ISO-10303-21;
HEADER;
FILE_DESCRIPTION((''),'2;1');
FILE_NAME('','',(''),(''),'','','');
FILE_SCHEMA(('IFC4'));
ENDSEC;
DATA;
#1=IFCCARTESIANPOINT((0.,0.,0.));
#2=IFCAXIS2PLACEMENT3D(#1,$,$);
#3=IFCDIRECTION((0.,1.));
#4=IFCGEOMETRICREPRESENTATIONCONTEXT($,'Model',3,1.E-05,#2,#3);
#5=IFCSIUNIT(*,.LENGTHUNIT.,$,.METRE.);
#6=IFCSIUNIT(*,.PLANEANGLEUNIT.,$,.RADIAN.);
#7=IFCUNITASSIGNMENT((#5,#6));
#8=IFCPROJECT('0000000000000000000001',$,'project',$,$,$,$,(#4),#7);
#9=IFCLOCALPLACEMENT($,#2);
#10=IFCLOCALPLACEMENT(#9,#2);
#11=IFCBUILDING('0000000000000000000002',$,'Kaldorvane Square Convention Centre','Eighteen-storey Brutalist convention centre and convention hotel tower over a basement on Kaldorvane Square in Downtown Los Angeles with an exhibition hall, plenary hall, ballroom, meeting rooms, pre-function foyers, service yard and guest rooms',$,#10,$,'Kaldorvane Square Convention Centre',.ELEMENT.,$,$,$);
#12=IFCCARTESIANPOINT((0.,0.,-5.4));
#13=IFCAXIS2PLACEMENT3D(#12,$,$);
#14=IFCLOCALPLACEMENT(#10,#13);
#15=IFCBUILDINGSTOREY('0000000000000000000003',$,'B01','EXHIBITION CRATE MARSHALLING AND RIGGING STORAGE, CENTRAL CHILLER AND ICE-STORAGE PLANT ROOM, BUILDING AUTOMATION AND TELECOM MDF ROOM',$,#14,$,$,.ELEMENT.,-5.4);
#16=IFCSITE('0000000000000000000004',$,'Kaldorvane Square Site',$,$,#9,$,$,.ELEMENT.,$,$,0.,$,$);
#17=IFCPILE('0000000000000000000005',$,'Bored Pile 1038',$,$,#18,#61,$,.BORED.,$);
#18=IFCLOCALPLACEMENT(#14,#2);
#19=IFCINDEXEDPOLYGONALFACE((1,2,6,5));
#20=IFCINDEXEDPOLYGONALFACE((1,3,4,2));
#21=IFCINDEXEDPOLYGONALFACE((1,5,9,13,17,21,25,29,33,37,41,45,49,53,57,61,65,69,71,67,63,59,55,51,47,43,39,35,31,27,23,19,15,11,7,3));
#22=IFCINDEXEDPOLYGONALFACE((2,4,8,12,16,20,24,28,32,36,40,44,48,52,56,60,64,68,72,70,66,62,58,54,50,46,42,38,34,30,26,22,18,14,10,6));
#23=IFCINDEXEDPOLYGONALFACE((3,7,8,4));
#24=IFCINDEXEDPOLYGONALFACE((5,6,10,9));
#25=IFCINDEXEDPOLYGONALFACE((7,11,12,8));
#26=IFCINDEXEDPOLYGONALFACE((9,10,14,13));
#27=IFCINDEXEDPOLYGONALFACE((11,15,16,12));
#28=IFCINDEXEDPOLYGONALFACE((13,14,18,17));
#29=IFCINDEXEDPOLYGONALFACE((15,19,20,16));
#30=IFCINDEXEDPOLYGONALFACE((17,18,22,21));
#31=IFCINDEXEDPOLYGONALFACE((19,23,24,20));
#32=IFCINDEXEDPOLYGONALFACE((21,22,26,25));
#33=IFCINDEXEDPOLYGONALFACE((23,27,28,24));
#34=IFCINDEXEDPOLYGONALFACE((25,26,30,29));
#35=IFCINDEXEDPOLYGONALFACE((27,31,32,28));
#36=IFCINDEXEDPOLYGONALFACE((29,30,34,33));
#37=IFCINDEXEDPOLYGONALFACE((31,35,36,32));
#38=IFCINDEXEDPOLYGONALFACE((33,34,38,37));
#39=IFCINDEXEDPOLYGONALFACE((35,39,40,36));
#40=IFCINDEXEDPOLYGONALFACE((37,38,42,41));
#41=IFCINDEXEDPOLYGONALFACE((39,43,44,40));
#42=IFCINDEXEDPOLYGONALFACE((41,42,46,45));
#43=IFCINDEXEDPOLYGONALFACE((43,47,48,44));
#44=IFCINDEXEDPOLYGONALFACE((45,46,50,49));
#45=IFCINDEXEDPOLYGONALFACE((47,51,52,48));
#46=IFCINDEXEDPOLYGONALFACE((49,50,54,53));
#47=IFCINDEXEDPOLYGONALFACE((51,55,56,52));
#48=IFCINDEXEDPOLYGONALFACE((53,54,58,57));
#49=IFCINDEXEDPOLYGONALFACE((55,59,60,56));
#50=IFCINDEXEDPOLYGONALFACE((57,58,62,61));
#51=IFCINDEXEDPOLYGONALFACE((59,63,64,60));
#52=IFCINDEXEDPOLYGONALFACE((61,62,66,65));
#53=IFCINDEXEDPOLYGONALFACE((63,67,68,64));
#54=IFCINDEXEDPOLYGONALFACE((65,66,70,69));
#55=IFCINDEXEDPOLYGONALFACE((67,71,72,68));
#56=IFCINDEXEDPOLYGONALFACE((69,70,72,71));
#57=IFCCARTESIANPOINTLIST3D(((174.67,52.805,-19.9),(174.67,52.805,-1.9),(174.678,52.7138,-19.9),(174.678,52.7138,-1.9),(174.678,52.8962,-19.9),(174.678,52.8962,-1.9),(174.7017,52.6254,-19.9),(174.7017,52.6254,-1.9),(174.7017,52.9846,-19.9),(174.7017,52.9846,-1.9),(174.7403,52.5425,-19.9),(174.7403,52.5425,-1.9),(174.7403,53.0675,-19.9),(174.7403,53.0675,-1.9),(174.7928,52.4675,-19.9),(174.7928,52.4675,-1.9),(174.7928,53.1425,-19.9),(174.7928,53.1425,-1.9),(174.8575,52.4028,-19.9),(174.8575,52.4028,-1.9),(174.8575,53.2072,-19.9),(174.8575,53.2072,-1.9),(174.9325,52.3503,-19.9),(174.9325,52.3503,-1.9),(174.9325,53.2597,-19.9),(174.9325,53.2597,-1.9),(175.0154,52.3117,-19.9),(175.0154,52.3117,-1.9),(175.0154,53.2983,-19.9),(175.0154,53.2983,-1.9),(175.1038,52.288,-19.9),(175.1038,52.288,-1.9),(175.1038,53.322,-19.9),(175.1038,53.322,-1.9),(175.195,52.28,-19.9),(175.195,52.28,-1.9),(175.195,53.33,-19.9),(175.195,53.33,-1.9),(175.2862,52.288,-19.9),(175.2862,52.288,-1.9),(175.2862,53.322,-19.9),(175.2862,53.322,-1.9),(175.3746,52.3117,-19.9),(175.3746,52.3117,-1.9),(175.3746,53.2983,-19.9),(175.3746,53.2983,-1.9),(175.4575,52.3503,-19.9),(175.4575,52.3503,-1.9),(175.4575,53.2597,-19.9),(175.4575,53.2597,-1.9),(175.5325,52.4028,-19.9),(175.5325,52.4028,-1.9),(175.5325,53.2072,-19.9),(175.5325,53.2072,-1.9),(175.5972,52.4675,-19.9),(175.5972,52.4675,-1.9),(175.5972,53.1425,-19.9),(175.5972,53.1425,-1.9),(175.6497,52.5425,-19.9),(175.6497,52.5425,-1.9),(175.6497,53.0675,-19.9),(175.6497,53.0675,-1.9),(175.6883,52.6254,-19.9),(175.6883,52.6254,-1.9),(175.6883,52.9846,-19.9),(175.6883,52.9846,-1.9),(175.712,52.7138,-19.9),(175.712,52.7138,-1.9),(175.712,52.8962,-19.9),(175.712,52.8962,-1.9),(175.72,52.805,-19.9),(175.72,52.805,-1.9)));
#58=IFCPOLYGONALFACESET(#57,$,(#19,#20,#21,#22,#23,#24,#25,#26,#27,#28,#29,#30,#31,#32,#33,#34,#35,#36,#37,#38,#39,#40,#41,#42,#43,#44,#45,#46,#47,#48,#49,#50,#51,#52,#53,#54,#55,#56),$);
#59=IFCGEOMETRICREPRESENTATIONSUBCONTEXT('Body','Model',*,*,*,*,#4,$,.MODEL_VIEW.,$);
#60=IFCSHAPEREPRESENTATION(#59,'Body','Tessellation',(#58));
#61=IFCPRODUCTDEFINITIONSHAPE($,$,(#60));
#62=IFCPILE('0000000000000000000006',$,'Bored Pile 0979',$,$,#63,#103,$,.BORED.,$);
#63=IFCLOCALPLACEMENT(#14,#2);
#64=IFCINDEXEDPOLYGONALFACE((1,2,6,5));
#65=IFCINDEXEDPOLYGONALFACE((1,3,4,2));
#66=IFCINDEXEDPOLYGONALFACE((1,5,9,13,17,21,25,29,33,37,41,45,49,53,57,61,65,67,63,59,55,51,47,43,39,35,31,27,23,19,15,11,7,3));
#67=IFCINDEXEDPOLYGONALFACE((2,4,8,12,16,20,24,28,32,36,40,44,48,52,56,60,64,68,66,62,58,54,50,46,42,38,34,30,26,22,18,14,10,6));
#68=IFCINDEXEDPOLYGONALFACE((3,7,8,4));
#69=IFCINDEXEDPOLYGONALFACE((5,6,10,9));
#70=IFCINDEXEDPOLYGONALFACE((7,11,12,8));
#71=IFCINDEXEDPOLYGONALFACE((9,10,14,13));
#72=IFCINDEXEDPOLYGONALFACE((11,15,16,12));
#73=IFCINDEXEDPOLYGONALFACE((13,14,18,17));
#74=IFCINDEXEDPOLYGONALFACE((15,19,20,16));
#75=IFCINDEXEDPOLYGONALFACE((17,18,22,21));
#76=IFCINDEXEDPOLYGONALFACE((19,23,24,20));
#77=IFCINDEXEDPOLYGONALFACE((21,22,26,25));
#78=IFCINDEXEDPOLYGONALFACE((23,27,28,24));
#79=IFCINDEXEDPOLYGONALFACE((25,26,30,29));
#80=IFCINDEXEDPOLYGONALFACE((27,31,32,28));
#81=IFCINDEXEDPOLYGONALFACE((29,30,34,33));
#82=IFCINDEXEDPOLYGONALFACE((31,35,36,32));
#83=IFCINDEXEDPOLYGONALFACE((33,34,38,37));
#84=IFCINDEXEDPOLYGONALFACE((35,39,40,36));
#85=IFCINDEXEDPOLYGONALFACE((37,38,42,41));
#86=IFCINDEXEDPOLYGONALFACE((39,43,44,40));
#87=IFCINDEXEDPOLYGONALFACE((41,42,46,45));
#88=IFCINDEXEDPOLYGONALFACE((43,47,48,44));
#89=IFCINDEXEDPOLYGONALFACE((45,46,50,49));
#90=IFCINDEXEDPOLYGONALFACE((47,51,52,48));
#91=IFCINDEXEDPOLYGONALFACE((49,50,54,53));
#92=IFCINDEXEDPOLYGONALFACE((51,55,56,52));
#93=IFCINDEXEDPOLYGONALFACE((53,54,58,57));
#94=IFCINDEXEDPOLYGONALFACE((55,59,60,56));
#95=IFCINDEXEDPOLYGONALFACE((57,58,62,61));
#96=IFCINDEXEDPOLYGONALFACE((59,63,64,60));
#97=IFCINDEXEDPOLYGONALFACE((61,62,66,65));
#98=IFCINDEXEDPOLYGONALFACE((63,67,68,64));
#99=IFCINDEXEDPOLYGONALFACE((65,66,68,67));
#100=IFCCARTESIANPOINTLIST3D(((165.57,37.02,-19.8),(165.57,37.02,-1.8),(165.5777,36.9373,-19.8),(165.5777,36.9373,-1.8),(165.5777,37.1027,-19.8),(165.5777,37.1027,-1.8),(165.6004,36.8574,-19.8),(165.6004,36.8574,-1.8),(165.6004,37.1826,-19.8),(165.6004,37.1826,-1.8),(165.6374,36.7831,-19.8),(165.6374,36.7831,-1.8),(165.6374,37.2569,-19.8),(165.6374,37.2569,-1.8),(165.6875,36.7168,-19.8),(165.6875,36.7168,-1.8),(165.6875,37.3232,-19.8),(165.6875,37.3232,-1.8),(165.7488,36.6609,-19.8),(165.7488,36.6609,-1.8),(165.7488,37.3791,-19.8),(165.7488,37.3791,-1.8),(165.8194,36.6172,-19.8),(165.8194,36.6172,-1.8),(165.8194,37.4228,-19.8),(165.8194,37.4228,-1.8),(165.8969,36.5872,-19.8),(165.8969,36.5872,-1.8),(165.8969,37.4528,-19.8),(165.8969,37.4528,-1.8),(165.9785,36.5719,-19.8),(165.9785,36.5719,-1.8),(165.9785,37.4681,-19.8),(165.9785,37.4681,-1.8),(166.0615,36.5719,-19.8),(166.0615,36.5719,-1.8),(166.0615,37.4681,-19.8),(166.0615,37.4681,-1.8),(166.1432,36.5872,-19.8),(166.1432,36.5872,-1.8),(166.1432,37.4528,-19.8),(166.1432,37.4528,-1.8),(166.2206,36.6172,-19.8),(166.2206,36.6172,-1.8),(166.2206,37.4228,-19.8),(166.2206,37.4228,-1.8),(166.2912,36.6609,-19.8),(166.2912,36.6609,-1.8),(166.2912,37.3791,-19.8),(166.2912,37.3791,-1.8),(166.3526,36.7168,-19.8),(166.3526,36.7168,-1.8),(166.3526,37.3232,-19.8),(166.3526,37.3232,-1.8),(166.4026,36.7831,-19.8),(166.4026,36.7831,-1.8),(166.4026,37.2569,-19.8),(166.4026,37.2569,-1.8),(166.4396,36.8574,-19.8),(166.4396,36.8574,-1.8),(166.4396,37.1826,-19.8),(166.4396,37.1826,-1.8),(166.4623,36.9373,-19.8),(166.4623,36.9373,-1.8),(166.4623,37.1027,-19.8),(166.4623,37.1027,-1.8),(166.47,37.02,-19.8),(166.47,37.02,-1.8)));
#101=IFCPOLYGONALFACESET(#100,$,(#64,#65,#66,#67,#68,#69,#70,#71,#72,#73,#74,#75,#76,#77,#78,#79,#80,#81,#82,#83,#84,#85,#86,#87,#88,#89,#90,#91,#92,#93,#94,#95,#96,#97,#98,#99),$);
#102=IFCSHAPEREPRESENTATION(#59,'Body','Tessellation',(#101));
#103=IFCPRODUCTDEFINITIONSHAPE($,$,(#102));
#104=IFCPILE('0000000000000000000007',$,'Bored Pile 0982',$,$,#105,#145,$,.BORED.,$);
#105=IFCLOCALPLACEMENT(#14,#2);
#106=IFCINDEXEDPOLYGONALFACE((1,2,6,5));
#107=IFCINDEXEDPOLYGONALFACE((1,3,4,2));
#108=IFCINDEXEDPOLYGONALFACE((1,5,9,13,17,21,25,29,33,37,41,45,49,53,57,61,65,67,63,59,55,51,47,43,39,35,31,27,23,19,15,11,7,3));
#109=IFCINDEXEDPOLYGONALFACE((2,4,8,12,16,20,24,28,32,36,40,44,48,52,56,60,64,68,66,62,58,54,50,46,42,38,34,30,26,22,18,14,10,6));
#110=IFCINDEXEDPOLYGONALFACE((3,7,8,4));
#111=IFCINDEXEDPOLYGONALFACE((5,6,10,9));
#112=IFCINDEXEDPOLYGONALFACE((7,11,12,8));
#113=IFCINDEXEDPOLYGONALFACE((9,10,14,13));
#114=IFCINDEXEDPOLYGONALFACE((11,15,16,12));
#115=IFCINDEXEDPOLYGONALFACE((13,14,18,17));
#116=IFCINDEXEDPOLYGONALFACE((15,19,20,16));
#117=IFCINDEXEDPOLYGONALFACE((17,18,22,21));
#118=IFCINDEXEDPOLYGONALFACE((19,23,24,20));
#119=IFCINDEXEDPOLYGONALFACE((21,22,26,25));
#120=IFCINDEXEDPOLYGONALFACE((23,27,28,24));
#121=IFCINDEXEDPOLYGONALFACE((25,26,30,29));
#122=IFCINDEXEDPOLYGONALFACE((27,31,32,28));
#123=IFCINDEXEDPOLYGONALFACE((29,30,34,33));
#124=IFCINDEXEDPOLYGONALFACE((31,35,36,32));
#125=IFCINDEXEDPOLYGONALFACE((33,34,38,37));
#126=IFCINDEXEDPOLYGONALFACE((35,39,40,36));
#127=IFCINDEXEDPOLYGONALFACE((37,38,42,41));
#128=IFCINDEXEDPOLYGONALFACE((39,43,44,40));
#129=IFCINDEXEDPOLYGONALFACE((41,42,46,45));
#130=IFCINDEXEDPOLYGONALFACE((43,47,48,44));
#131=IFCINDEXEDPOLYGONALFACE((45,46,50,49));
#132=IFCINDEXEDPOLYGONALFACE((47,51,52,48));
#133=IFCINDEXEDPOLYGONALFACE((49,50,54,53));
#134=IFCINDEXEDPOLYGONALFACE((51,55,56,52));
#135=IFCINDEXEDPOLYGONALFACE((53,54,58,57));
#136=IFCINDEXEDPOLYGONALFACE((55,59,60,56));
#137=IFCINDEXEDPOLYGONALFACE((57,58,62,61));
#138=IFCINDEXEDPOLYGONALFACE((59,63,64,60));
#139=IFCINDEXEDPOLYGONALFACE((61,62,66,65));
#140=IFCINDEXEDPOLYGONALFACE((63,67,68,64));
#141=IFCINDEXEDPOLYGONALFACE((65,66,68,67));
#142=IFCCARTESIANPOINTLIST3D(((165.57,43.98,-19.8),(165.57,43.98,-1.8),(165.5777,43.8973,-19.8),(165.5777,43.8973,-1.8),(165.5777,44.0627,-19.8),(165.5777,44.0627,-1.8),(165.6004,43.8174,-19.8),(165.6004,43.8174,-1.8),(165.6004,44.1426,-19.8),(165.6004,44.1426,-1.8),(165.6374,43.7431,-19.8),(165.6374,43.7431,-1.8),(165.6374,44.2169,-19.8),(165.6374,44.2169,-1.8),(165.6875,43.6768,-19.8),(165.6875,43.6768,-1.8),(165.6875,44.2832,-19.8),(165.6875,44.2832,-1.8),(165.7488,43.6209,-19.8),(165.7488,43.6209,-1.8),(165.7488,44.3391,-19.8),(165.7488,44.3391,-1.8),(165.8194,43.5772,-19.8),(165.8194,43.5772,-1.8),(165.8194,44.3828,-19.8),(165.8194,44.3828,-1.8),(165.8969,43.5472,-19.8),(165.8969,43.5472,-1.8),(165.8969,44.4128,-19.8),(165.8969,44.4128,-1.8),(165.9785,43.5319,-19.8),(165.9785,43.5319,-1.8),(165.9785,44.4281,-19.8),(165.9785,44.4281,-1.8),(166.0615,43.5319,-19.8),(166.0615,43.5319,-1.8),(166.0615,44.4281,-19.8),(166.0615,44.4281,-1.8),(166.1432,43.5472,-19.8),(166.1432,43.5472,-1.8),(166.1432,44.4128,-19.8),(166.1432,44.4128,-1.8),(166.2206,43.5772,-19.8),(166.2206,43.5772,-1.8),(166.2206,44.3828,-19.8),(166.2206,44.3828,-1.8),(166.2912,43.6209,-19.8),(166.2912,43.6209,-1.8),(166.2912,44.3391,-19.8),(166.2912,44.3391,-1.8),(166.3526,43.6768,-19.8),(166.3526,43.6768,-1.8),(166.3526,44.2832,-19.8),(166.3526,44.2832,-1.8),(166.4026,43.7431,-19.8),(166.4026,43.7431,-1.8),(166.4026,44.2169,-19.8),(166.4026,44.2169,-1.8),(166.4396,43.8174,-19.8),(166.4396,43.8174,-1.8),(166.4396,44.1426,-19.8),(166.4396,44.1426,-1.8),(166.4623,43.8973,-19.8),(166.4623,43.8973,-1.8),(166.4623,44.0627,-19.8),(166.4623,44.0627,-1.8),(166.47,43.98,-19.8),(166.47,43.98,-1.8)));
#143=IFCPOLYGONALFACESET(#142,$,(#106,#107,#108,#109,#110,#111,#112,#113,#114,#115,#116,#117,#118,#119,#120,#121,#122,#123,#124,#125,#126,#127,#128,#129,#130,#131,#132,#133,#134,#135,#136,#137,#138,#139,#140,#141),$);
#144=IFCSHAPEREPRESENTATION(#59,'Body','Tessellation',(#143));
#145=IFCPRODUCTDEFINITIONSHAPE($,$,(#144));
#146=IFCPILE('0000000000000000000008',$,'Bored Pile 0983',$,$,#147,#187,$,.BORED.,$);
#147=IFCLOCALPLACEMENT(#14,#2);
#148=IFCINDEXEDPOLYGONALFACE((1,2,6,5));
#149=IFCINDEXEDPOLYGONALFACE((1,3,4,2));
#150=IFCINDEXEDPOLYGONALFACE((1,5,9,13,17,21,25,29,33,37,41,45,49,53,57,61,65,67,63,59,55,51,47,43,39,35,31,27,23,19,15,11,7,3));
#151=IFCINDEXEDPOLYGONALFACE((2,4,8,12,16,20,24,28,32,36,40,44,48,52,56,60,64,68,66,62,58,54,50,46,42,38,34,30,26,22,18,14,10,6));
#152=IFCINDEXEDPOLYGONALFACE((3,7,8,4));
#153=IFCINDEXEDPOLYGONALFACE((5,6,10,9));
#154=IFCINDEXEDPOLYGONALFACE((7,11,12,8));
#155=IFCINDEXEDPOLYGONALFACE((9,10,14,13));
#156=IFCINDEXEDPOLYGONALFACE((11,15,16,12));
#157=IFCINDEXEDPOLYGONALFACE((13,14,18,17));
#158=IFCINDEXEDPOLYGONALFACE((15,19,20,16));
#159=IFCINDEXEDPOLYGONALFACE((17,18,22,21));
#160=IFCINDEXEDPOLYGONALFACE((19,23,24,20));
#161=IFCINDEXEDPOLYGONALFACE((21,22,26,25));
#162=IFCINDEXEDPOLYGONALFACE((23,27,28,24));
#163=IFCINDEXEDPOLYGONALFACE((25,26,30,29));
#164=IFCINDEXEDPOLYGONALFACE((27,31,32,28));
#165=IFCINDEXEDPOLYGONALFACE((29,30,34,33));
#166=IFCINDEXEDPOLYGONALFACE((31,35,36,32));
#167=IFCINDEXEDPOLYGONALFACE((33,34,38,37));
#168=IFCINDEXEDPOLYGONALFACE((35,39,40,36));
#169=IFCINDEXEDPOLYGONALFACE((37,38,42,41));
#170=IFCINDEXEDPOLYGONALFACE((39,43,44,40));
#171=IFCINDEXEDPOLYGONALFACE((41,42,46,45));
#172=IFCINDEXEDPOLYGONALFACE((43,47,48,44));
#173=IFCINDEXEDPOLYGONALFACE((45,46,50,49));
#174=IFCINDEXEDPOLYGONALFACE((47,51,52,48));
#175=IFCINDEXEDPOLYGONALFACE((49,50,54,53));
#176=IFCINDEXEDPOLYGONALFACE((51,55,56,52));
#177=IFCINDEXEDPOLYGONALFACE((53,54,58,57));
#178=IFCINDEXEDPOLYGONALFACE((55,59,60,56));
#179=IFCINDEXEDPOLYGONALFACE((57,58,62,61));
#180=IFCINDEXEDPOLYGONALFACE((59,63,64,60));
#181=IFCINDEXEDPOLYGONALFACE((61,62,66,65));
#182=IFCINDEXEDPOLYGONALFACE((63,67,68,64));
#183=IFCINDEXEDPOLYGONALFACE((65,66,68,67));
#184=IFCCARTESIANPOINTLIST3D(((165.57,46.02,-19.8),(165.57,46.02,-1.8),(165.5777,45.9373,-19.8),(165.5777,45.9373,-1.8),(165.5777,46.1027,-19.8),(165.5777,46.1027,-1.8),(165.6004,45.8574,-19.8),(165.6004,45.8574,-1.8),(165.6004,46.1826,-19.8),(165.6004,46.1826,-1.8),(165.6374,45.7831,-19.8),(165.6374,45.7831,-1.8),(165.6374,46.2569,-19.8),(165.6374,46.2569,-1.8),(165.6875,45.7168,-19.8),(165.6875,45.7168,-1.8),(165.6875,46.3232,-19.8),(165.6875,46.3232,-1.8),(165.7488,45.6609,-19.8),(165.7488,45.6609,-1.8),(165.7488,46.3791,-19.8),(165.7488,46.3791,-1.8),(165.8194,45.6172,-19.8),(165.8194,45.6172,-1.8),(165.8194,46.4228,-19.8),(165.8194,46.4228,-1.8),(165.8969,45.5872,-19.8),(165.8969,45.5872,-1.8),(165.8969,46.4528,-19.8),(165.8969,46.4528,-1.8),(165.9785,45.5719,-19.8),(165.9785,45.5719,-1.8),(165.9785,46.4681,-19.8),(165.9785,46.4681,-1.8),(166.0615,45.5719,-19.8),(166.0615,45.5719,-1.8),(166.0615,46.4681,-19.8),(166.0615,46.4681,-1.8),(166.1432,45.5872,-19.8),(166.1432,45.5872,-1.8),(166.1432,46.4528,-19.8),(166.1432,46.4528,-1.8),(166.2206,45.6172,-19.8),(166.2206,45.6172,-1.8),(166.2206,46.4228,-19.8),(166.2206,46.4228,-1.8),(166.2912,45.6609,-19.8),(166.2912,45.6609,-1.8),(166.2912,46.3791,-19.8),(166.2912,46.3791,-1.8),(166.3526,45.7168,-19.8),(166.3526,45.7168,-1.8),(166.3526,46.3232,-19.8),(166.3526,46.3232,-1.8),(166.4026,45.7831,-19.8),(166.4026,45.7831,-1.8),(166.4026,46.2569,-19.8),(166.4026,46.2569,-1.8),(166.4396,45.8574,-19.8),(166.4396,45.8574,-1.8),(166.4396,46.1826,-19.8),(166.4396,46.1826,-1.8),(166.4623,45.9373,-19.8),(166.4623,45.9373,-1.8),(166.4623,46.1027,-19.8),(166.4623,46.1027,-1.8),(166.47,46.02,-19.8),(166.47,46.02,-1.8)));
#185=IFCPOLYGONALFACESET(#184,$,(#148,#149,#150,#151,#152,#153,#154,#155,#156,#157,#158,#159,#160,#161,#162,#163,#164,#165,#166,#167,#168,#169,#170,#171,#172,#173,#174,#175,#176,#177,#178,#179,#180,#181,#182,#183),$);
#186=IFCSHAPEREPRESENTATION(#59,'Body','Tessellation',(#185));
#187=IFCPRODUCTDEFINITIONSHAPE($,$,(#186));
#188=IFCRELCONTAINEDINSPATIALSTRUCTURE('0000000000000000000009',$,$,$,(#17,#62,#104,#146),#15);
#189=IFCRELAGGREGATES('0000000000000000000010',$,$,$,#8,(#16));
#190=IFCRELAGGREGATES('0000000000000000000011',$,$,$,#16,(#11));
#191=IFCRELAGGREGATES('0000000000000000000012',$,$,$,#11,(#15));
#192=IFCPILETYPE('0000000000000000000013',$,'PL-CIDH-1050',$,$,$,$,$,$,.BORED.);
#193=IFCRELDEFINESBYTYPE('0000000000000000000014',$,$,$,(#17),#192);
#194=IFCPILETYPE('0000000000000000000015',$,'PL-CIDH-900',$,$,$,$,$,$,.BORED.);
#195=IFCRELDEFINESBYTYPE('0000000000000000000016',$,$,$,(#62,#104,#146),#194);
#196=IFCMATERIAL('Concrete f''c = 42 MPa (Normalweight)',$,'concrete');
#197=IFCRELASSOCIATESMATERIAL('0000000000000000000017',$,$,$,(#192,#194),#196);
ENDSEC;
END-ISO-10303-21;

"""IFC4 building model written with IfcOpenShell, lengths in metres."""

from ifc_helpers import new_model, si_unit, direction, frame, origin, origin_2d, place, context, subcontext, project, spatial, circle, extrude, material, material_profile, profile_set, type_object, element, save


model = new_model("IFC4")

# Units and contexts
model_context = context("Model", 3, precision=1e-05, world=origin(), true_north=direction((0.0, 1.0)))
body_context = subcontext(model_context, "Body", "Model", "MODEL_VIEW")
ifc_project = project(units=[si_unit("LENGTHUNIT", "METRE"), si_unit("PLANEANGLEUNIT", "RADIAN")], contexts=[model_context])

# Site, building, storey
site_placement = place(None, origin())
site = spatial("IfcSite", under=ifc_project, at=site_placement, Name="Kaldorvane Square Site", CompositionType="ELEMENT", RefElevation=0.0)
building_placement = place(site_placement, origin())
building = spatial("IfcBuilding", under=site, at=building_placement, Name="Kaldorvane Square Convention Centre", Description="Eighteen-storey Brutalist convention centre and convention hotel tower over a basement on Kaldorvane Square in Downtown Los Angeles with an exhibition hall, plenary hall, ballroom, meeting rooms, pre-function foyers, service yard and guest rooms", LongName="Kaldorvane Square Convention Centre", CompositionType="ELEMENT")
storey_placement = place(building_placement, frame((0.0, 0.0, -5.4)))
storey = spatial("IfcBuildingStorey", under=building, at=storey_placement, Name="B01", Description="EXHIBITION CRATE MARSHALLING AND RIGGING STORAGE, CENTRAL CHILLER AND ICE-STORAGE PLANT ROOM, BUILDING AUTOMATION AND TELECOM MDF ROOM", CompositionType="ELEMENT", Elevation=-5.4)

# Shared definitions
ifc_material_1 = material(Name="Concrete f'c = 42 MPa (Normalweight)", Category="concrete")

# Piles
ifc_material_profile_1 = material_profile(ifc_material_1, circle(Radius=0.525, at=origin_2d()), Name="PILE-D1050")
ifc_profile_set_1 = profile_set([ifc_material_profile_1], Name="Concrete f'c = 42 MPa (Normalweight)")
pile_type_1 = type_object("IfcPileType", Name="PL-CIDH-1050", PredefinedType="BORED", material=ifc_profile_set_1)
for number, where, z_axis, x_axis, name in (
    (1, (175.195, 52.805, -1.9), (0.0, 0.0, -1.0), (1.0, 0.0, 0.0), "Bored Pile 1038"),
):
    element("IfcPile", number, at=place(storey_placement, frame(where, z_axis=z_axis, x_axis=x_axis)), inside=storey, type_object=pile_type_1, Name=name, PredefinedType="BORED", context=body_context, shape_type="SweptSolid", body=[
        extrude(circle(Radius=0.525, at=origin_2d()), origin(), (0.0, 0.0, 1.0), 18.0),
    ])
ifc_material_profile_2 = material_profile(ifc_material_1, circle(Radius=0.45, at=origin_2d()), Name="PILE-D900")
ifc_profile_set_2 = profile_set([ifc_material_profile_2], Name="Concrete f'c = 42 MPa (Normalweight)")
pile_type_2 = type_object("IfcPileType", Name="PL-CIDH-900", PredefinedType="BORED", material=ifc_profile_set_2)
for number, where, z_axis, x_axis, name in (
    (2, (166.02, 37.02, -1.8), (0.0, 0.0, -1.0), (1.0, 0.0, 0.0), "Bored Pile 0979"),
    (3, (166.02, 43.98, -1.8), (0.0, 0.0, -1.0), (1.0, 0.0, 0.0), "Bored Pile 0982"),
    (4, (166.02, 46.02, -1.8), (0.0, 0.0, -1.0), (1.0, 0.0, 0.0), "Bored Pile 0983"),
):
    element("IfcPile", number, at=place(storey_placement, frame(where, z_axis=z_axis, x_axis=x_axis)), inside=storey, type_object=pile_type_2, Name=name, PredefinedType="BORED", context=body_context, shape_type="SweptSolid", body=[
        extrude(circle(Radius=0.45, at=origin_2d()), origin(), (0.0, 0.0, 1.0), 18.0),
    ])

save(model, "model.ifc")
